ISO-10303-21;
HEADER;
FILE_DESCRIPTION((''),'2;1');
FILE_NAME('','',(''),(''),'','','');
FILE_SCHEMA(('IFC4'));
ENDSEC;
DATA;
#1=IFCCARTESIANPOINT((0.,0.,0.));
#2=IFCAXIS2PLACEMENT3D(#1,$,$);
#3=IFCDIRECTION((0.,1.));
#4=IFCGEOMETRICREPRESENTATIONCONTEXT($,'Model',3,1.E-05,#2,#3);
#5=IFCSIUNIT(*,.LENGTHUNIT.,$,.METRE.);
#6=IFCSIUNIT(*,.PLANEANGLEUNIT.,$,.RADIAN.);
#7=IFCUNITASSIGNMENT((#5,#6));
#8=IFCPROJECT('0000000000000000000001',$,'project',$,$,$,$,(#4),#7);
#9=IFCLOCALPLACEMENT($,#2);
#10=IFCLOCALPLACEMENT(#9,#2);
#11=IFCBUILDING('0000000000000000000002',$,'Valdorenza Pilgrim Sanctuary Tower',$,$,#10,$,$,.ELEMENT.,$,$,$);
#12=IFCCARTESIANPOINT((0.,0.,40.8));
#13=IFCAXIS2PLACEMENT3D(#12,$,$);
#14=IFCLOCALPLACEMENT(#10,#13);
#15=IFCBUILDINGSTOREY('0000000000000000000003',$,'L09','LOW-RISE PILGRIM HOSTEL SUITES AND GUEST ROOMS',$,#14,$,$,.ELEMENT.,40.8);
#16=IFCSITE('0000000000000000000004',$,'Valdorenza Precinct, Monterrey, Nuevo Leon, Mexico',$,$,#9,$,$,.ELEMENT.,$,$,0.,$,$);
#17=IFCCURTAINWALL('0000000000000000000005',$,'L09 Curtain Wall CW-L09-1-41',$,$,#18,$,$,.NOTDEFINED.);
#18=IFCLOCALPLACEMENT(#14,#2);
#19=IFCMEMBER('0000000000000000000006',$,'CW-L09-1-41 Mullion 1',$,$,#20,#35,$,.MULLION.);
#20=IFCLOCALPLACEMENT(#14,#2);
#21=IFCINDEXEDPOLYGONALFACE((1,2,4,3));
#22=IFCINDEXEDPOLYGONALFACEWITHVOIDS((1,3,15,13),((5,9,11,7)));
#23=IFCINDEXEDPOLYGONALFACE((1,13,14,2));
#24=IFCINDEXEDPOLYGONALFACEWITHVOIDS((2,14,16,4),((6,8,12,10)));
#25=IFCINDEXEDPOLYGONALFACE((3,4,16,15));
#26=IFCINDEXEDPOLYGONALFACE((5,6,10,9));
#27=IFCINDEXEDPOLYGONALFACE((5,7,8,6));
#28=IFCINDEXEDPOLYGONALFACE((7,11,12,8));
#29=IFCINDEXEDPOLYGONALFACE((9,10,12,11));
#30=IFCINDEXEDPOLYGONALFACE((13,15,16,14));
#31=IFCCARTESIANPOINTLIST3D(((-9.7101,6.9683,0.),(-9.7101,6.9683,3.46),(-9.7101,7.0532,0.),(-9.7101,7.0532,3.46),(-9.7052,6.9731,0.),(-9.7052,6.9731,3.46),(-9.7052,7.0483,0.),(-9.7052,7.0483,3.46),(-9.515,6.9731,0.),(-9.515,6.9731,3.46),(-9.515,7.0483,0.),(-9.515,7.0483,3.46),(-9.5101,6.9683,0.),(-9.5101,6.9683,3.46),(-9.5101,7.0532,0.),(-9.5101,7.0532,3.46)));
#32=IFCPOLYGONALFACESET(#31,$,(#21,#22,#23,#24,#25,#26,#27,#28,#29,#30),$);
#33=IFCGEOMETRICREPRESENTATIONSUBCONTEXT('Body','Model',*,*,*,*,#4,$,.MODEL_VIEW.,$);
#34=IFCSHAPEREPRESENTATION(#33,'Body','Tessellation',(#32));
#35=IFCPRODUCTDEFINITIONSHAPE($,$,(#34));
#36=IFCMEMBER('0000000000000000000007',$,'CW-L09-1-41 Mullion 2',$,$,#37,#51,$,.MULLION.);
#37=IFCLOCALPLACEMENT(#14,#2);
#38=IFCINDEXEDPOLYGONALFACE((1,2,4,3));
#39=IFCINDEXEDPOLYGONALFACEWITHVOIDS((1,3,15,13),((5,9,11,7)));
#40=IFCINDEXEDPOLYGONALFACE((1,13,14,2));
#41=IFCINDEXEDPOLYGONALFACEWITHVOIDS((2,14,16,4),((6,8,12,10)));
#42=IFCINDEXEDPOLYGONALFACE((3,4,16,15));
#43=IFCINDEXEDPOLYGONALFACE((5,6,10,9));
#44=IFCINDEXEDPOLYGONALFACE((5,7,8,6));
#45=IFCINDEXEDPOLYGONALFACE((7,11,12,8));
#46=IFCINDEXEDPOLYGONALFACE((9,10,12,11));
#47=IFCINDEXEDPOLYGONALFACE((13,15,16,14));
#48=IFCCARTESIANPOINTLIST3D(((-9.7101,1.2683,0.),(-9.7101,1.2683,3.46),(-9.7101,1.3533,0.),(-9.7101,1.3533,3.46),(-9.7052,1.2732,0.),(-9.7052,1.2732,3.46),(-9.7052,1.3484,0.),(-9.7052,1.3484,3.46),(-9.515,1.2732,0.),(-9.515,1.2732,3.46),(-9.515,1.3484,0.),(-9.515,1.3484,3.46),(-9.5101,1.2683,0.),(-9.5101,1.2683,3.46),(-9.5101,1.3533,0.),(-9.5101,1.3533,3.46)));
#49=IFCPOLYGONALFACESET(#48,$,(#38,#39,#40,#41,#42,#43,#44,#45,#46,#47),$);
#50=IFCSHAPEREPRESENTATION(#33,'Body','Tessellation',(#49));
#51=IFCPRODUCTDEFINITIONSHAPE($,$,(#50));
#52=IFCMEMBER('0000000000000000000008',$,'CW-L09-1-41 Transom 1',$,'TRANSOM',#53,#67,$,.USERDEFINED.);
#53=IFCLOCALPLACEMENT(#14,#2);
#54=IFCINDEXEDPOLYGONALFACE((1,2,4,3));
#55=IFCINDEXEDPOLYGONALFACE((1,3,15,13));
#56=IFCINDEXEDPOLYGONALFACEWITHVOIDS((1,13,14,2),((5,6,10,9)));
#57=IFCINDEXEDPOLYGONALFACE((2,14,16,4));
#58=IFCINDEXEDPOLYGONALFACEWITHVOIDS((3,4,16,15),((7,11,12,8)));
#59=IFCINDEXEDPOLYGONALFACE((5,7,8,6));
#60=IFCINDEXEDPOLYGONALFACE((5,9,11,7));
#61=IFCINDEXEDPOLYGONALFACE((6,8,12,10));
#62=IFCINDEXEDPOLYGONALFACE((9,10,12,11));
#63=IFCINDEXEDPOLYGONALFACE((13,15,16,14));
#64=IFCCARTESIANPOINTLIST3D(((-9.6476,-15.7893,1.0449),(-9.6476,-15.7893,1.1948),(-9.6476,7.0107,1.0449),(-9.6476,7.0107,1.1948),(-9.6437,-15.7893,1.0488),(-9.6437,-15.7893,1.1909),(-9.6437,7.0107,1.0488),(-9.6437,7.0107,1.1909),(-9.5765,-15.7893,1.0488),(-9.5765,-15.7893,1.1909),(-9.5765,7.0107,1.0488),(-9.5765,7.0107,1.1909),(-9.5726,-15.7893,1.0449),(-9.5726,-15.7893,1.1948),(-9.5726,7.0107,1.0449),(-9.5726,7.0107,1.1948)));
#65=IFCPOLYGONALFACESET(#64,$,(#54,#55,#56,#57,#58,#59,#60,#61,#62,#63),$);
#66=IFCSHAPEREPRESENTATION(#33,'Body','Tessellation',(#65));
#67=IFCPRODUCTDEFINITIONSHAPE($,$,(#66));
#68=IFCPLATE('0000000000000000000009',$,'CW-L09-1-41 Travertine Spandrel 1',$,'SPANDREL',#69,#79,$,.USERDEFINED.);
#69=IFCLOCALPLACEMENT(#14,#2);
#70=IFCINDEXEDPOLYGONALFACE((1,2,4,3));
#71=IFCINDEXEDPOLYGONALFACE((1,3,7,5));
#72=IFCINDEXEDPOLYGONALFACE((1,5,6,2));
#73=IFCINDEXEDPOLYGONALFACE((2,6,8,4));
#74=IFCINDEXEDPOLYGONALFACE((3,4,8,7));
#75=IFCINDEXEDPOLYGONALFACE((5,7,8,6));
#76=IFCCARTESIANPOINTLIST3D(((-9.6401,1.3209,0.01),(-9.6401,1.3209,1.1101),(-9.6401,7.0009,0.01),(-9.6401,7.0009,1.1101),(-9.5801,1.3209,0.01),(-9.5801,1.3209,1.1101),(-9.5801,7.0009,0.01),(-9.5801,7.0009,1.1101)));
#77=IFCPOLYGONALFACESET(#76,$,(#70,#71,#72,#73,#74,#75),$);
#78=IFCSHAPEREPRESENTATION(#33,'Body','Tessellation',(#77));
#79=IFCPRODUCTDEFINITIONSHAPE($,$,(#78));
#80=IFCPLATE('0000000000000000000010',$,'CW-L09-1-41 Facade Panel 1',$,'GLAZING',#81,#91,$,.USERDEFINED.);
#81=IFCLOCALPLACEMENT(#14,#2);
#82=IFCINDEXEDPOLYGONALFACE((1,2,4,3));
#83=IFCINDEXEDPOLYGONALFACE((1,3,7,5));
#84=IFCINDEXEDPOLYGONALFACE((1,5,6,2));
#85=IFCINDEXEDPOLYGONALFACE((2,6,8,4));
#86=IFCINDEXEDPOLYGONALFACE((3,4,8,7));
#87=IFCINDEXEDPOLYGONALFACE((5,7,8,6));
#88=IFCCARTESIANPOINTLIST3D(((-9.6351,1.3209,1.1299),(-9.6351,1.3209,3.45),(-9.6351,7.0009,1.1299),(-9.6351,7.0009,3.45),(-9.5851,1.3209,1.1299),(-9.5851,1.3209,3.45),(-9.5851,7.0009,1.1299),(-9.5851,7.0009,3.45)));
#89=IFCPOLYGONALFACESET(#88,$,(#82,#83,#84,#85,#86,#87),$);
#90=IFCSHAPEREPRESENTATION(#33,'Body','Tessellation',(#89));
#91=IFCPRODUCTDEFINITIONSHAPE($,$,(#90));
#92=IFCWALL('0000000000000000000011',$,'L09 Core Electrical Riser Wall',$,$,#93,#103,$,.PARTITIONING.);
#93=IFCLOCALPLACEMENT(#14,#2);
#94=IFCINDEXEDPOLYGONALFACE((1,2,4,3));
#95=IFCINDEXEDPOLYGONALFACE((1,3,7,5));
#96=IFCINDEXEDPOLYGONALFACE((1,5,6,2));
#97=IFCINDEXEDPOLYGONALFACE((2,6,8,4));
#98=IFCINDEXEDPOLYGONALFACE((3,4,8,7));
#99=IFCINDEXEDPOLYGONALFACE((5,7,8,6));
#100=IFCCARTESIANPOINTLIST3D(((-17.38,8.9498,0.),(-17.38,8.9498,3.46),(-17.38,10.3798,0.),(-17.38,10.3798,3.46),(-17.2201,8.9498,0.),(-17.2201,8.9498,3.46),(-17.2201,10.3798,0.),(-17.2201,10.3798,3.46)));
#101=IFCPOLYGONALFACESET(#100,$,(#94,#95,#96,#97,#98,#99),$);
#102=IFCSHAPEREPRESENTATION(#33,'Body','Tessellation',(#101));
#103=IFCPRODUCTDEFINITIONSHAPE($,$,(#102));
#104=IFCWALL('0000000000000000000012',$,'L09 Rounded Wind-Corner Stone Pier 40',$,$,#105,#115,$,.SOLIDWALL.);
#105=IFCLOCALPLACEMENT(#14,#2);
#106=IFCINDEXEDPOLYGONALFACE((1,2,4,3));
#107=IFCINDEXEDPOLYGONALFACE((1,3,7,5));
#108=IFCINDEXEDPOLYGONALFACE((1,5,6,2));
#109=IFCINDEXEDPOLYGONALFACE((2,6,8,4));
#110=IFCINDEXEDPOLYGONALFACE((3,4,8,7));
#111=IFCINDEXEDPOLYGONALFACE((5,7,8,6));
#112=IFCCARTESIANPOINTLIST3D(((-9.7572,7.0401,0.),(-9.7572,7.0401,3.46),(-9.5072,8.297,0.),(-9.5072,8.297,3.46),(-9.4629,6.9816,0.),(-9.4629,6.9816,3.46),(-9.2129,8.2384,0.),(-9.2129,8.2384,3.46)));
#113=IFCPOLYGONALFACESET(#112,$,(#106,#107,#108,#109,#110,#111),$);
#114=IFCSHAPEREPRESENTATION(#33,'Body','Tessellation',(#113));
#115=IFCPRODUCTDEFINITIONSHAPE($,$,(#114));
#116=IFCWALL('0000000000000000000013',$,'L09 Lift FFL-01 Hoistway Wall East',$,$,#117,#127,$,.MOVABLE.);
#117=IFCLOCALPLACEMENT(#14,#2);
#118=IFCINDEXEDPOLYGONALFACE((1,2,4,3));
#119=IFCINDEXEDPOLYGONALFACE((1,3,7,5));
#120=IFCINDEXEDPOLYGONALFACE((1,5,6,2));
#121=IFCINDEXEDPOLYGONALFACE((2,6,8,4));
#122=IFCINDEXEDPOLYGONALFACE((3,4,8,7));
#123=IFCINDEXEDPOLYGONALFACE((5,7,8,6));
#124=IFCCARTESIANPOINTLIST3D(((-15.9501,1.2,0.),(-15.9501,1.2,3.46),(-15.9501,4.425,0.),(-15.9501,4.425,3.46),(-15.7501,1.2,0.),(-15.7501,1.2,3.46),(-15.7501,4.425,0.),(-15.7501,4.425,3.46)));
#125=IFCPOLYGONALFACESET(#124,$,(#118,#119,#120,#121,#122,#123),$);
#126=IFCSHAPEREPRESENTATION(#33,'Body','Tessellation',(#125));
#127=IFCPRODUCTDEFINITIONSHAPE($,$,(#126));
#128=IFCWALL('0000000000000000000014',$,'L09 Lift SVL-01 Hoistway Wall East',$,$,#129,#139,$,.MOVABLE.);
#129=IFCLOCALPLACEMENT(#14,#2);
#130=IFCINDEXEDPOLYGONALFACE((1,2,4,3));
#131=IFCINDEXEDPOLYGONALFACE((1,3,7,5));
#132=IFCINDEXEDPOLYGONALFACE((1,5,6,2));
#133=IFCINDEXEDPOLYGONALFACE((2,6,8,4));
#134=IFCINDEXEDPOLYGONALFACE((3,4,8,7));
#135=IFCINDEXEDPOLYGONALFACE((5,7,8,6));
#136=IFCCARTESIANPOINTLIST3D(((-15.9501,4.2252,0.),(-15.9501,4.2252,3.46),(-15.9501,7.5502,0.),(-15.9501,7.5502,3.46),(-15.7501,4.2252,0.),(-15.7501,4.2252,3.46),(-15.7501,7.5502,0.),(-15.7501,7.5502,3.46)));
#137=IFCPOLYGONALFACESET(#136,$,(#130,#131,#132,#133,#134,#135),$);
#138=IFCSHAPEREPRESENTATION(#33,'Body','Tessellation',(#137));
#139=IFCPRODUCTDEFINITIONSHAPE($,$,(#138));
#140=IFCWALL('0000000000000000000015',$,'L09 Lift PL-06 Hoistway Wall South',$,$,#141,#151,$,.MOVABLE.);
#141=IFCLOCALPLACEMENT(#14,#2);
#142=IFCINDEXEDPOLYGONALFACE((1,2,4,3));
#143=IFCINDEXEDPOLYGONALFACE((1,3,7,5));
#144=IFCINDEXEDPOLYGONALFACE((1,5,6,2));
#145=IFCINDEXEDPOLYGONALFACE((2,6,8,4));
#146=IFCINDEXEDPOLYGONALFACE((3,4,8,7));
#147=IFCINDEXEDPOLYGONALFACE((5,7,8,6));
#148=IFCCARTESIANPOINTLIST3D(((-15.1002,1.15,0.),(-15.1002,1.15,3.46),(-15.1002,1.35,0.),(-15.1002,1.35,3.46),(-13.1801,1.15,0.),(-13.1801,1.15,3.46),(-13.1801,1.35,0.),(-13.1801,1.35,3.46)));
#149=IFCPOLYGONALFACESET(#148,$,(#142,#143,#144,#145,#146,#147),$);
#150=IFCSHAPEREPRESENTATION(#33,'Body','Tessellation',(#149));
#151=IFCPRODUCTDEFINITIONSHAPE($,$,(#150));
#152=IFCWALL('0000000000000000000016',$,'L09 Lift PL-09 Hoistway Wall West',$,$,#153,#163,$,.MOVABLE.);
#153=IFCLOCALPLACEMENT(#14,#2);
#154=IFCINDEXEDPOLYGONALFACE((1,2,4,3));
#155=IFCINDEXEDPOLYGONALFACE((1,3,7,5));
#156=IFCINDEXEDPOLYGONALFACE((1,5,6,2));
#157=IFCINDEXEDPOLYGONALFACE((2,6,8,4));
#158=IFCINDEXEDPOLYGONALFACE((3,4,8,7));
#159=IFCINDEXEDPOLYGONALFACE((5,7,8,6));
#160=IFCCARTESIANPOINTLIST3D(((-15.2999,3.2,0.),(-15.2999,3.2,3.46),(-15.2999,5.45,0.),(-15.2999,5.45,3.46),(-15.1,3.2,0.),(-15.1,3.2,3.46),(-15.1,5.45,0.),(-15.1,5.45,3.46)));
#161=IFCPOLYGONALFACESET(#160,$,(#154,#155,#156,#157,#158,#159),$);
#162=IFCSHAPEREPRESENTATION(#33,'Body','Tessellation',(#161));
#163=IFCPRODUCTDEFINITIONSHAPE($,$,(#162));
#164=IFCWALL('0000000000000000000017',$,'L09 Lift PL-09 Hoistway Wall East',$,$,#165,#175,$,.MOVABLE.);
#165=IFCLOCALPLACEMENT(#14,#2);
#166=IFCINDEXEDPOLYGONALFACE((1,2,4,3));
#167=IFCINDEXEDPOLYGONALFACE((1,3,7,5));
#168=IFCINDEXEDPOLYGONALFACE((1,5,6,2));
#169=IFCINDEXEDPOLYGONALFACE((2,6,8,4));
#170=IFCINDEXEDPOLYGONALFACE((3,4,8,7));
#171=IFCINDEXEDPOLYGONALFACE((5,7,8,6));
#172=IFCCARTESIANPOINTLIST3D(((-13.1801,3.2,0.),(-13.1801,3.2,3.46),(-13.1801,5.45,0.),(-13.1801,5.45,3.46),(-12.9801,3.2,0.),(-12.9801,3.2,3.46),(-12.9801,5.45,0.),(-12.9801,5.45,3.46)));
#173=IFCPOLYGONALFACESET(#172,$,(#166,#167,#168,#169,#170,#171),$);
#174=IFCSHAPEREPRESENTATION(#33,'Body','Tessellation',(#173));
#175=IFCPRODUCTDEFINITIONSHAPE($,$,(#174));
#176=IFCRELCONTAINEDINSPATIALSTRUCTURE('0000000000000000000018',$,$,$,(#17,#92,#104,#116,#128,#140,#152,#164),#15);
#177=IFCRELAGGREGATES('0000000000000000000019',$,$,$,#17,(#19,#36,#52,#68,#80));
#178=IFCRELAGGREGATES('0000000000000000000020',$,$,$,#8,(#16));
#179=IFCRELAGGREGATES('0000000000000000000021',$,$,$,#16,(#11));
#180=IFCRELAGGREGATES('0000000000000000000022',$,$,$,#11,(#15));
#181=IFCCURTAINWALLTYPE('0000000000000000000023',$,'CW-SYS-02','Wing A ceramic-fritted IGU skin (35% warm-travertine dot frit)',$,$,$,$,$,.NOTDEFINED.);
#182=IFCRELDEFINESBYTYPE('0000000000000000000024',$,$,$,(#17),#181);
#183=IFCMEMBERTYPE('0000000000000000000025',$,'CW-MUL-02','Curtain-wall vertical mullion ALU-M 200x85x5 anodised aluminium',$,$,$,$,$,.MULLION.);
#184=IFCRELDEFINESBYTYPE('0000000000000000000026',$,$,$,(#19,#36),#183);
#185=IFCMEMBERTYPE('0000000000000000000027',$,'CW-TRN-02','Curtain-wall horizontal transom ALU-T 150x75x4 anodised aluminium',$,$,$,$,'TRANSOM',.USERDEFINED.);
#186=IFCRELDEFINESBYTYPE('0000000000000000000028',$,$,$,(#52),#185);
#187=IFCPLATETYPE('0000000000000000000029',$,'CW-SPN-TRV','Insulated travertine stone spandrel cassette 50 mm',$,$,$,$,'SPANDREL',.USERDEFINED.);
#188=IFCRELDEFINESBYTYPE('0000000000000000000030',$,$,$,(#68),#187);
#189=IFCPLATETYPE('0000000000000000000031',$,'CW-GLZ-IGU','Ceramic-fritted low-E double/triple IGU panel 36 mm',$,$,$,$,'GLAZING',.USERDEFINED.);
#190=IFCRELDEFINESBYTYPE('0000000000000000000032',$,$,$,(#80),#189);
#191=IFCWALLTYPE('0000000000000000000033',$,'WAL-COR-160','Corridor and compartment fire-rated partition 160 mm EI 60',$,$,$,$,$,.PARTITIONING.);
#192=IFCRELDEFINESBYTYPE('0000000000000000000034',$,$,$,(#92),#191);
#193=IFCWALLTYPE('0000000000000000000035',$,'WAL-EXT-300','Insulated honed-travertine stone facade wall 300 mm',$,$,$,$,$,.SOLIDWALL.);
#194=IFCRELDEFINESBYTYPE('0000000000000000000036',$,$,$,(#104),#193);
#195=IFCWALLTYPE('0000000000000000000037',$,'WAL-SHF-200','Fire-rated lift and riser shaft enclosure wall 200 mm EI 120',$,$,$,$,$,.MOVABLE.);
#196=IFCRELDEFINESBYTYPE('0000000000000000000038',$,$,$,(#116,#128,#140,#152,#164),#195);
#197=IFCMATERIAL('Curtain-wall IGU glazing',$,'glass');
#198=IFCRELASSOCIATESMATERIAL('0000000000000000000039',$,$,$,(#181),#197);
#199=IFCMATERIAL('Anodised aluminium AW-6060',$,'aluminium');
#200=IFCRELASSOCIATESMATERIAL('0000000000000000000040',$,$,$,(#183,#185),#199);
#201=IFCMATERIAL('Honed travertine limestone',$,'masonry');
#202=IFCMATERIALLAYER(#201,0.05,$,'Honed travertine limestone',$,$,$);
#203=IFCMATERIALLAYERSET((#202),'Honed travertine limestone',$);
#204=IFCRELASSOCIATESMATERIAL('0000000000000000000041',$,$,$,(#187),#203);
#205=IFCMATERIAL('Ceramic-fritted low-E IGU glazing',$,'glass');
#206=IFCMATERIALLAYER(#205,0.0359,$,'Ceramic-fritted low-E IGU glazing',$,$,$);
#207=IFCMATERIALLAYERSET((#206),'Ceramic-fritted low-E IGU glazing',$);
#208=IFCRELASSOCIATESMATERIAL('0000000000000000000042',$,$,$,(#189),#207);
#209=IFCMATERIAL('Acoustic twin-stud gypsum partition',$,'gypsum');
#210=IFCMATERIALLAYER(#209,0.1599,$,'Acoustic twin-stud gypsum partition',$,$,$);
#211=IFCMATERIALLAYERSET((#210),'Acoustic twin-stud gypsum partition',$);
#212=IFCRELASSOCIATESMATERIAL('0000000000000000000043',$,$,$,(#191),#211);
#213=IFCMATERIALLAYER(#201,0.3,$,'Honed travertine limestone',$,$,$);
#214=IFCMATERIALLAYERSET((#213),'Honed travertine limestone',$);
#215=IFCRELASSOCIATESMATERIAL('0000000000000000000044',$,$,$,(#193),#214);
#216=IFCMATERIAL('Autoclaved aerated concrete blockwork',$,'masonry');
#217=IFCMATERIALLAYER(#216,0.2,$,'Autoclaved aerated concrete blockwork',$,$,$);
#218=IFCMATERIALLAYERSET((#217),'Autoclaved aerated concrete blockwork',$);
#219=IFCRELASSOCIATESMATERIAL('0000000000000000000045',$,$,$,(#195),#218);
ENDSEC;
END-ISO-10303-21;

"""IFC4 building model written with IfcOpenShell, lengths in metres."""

from ifc_helpers import new_model, si_unit, direction, frame, frame_2d, origin, origin_2d, place, context, subcontext, project, spatial, rectangle, hollow_rectangle, extrude, source, transform, mapped, material, layer, layer_set, material_profile, profile_set, type_object, element, aggregate, save


model = new_model("IFC4")

# Units and contexts
model_context = context("Model", 3, precision=1e-05, world=origin(), true_north=direction((0.0, 1.0)))
body_context = subcontext(model_context, "Body", "Model", "MODEL_VIEW")
ifc_project = project(units=[si_unit("LENGTHUNIT", "METRE"), si_unit("PLANEANGLEUNIT", "RADIAN")], contexts=[model_context])

# Site, building, storey
site_placement = place(None, origin())
site = spatial("IfcSite", under=ifc_project, at=site_placement, Name="Valdorenza Precinct, Monterrey, Nuevo Leon, Mexico", CompositionType="ELEMENT", RefElevation=0.0)
building_placement = place(site_placement, origin())
building = spatial("IfcBuilding", under=site, at=building_placement, Name="Valdorenza Pilgrim Sanctuary Tower", CompositionType="ELEMENT")
storey_placement = place(building_placement, frame((0.0, 0.0, 40.8)))
storey = spatial("IfcBuildingStorey", under=building, at=storey_placement, Name="L09", Description="LOW-RISE PILGRIM HOSTEL SUITES AND GUEST ROOMS", CompositionType="ELEMENT", Elevation=40.8)

# Curtain wall, members, plates
ifc_material_1 = material(Name="Curtain-wall IGU glazing", Category="glass")
curtain_wall_type = type_object("IfcCurtainWallType", Name="CW-SYS-02", Description="Wing A ceramic-fritted IGU skin (35% warm-travertine dot frit)", PredefinedType="NOTDEFINED", material=ifc_material_1)
curtain_wall_placement = place(storey_placement, origin())
curtain_wall = element("IfcCurtainWall", 1, at=curtain_wall_placement, inside=storey, type_object=curtain_wall_type, Name="L09 Curtain Wall CW-L09-1-41", PredefinedType="NOTDEFINED")
ifc_material_2 = material(Name="Anodised aluminium AW-6060", Category="aluminium")
ifc_material_profile_1 = material_profile(ifc_material_2, hollow_rectangle(XDim=0.085, YDim=0.2, WallThickness=0.0049, at=origin_2d()), Name="ALU-M 200x85x5")
ifc_profile_set_1 = profile_set([ifc_material_profile_1], Name="Anodised aluminium AW-6060")
member_type_1 = type_object("IfcMemberType", Name="CW-MUL-02", Description="Curtain-wall vertical mullion ALU-M 200x85x5 anodised aluminium", PredefinedType="MULLION", material=ifc_profile_set_1)
shared_shape_1 = source(origin(), body_context, "Body", "SweptSolid", [
    extrude(hollow_rectangle(XDim=0.085, YDim=0.2, WallThickness=0.0049, at=origin_2d()), origin(), (0.0, 0.0, 1.0), 3.46),
])
member_1_placement = place(storey_placement, frame((-9.6101, 7.0107, 0.0), z_axis=(0.0, 0.0, 1.0), x_axis=(0.0, -1.0, 0.0)))
member_1 = element("IfcMember", 2, at=member_1_placement, type_object=member_type_1, Name="CW-L09-1-41 Mullion 1", PredefinedType="MULLION", context=body_context, shape_type="MappedRepresentation", body=[
    mapped(shared_shape_1, transform((0.0, 0.0, 0.0), x_axis=(1.0, 0.0, 0.0), y_axis=(0.0, 1.0, 0.0), z_axis=(0.0, 0.0, 1.0), scale=1.0)),
])
member_2_placement = place(storey_placement, frame((-9.6101, 1.3108, 0.0), z_axis=(0.0, 0.0, 1.0), x_axis=(0.0, -1.0, 0.0)))
member_2 = element("IfcMember", 3, at=member_2_placement, type_object=member_type_1, Name="CW-L09-1-41 Mullion 2", PredefinedType="MULLION", context=body_context, shape_type="MappedRepresentation", body=[
    mapped(shared_shape_1, transform((0.0, 0.0, 0.0), x_axis=(1.0, 0.0, 0.0), y_axis=(0.0, 1.0, 0.0), z_axis=(0.0, 0.0, 1.0), scale=1.0)),
])
ifc_material_profile_2 = material_profile(ifc_material_2, hollow_rectangle(XDim=0.075, YDim=0.1499, WallThickness=0.0039, at=origin_2d()), Name="ALU-T 150x75x4")
ifc_profile_set_2 = profile_set([ifc_material_profile_2], Name="Anodised aluminium AW-6060")
member_type_2 = type_object("IfcMemberType", Name="CW-TRN-02", Description="Curtain-wall horizontal transom ALU-T 150x75x4 anodised aluminium", ElementType="TRANSOM", PredefinedType="USERDEFINED", material=ifc_profile_set_2)
shared_shape_2 = source(origin(), body_context, "Body", "SweptSolid", [
    extrude(hollow_rectangle(XDim=0.075, YDim=0.1499, WallThickness=0.0039, at=origin_2d()), origin(), (0.0, 0.0, 1.0), 22.8),
])
member_3_placement = place(storey_placement, frame((-9.6101, 7.0107, 1.1199), z_axis=(0.0, -1.0, 0.0), x_axis=(1.0, 0.0, 0.0)))
member_3 = element("IfcMember", 4, at=member_3_placement, type_object=member_type_2, Name="CW-L09-1-41 Transom 1", ObjectType="TRANSOM", PredefinedType="USERDEFINED", context=body_context, shape_type="MappedRepresentation", body=[
    mapped(shared_shape_2, transform((0.0, 0.0, 0.0), x_axis=(1.0, 0.0, 0.0), y_axis=(0.0, 1.0, 0.0), z_axis=(0.0, 0.0, 1.0), scale=1.0)),
])
ifc_material_3 = material(Name="Honed travertine limestone", Category="masonry")
ifc_layer_1 = layer(ifc_material_3, 0.05, Name="Honed travertine limestone")
ifc_layer_set_1 = layer_set([ifc_layer_1], Name="Honed travertine limestone")
plate_type_1 = type_object("IfcPlateType", Name="CW-SPN-TRV", Description="Insulated travertine stone spandrel cassette 50 mm", ElementType="SPANDREL", PredefinedType="USERDEFINED", material=ifc_layer_set_1)
shared_shape_3 = source(origin(), body_context, "Body", "SweptSolid", [
    extrude(rectangle(XDim=5.6799, YDim=0.0601, at=origin_2d()), origin(), (0.0, 0.0, 1.0), 1.1001),
])
plate_1_placement = place(storey_placement, frame((-9.6101, 4.1609, 0.01), z_axis=(0.0, 0.0, 1.0), x_axis=(0.0, -1.0, 0.0)))
plate_1 = element("IfcPlate", 5, at=plate_1_placement, type_object=plate_type_1, Name="CW-L09-1-41 Travertine Spandrel 1", ObjectType="SPANDREL", PredefinedType="USERDEFINED", context=body_context, shape_type="MappedRepresentation", body=[
    mapped(shared_shape_3, transform((0.0, 0.0, 0.0), x_axis=(1.0, 0.0, 0.0), y_axis=(0.0, 1.0, 0.0), z_axis=(0.0, 0.0, 1.0), scale=1.0)),
])
ifc_material_4 = material(Name="Ceramic-fritted low-E IGU glazing", Category="glass")
ifc_layer_2 = layer(ifc_material_4, 0.0359, Name="Ceramic-fritted low-E IGU glazing")
ifc_layer_set_2 = layer_set([ifc_layer_2], Name="Ceramic-fritted low-E IGU glazing")
plate_type_2 = type_object("IfcPlateType", Name="CW-GLZ-IGU", Description="Ceramic-fritted low-E double/triple IGU panel 36 mm", ElementType="GLAZING", PredefinedType="USERDEFINED", material=ifc_layer_set_2)
shared_shape_4 = source(origin(), body_context, "Body", "SweptSolid", [
    extrude(rectangle(XDim=5.6799, YDim=0.05, at=origin_2d()), origin(), (0.0, 0.0, 1.0), 2.3201),
])
plate_2_placement = place(storey_placement, frame((-9.6101, 4.1609, 1.1299), z_axis=(0.0, 0.0, 1.0), x_axis=(0.0, -1.0, 0.0)))
plate_2 = element("IfcPlate", 6, at=plate_2_placement, type_object=plate_type_2, Name="CW-L09-1-41 Facade Panel 1", ObjectType="GLAZING", PredefinedType="USERDEFINED", context=body_context, shape_type="MappedRepresentation", body=[
    mapped(shared_shape_4, transform((0.0, 0.0, 0.0), x_axis=(1.0, 0.0, 0.0), y_axis=(0.0, 1.0, 0.0), z_axis=(0.0, 0.0, 1.0), scale=1.0)),
])
aggregate(curtain_wall, [member_1, member_2, member_3, plate_1, plate_2])

# Walls
ifc_material_5 = material(Name="Acoustic twin-stud gypsum partition", Category="gypsum")
ifc_layer_3 = layer(ifc_material_5, 0.1599, Name="Acoustic twin-stud gypsum partition")
ifc_layer_set_3 = layer_set([ifc_layer_3], Name="Acoustic twin-stud gypsum partition")
wall_type_1 = type_object("IfcWallType", Name="WAL-COR-160", Description="Corridor and compartment fire-rated partition 160 mm EI 60", PredefinedType="PARTITIONING", material=ifc_layer_set_3)
wall_1_placement = place(storey_placement, frame((-17.3, 8.95, 0.0), z_axis=(0.0, 0.0, 1.0), x_axis=(0.0, 1.0, 0.0)))
element("IfcWall", 7, at=wall_1_placement, inside=storey, type_object=wall_type_1, Name="L09 Core Electrical Riser Wall", PredefinedType="PARTITIONING", context=body_context, shape_type="SweptSolid", body=[
    extrude(rectangle(XDim=1.4299, YDim=0.1599, at=frame_2d((0.7148, 0.0))), origin(), (0.0, 0.0, 1.0), 3.46),
])
ifc_layer_4 = layer(ifc_material_3, 0.3, Name="Honed travertine limestone")
ifc_layer_set_4 = layer_set([ifc_layer_4], Name="Honed travertine limestone")
wall_type_2 = type_object("IfcWallType", Name="WAL-EXT-300", Description="Insulated honed-travertine stone facade wall 300 mm", PredefinedType="SOLIDWALL", material=ifc_layer_set_4)
wall_2_placement = place(storey_placement, frame((-9.3601, 8.2676, 0.0), z_axis=(0.0, 0.0, 1.0), x_axis=(-0.19509, -0.980785, 0.0)))
element("IfcWall", 8, at=wall_2_placement, inside=storey, type_object=wall_type_2, Name="L09 Rounded Wind-Corner Stone Pier 40", PredefinedType="SOLIDWALL", context=body_context, shape_type="SweptSolid", body=[
    extrude(rectangle(XDim=1.2815, YDim=0.3, at=frame_2d((0.6406, 0.0))), origin(), (0.0, 0.0, 1.0), 3.46),
])
ifc_material_6 = material(Name="Autoclaved aerated concrete blockwork", Category="masonry")
ifc_layer_5 = layer(ifc_material_6, 0.2, Name="Autoclaved aerated concrete blockwork")
ifc_layer_set_5 = layer_set([ifc_layer_5], Name="Autoclaved aerated concrete blockwork")
wall_type_3 = type_object("IfcWallType", Name="WAL-SHF-200", Description="Fire-rated lift and riser shaft enclosure wall 200 mm EI 120", PredefinedType="MOVABLE", material=ifc_layer_set_5)
wall_3_placement = place(storey_placement, frame((-15.8501, 1.2, 0.0), z_axis=(0.0, 0.0, 1.0), x_axis=(0.0, 1.0, 0.0)))
element("IfcWall", 9, at=wall_3_placement, inside=storey, type_object=wall_type_3, Name="L09 Lift FFL-01 Hoistway Wall East", PredefinedType="MOVABLE", context=body_context, shape_type="SweptSolid", body=[
    extrude(rectangle(XDim=3.2251, YDim=0.2, at=frame_2d((1.6125, 0.0))), origin(), (0.0, 0.0, 1.0), 3.46),
])
wall_4_placement = place(storey_placement, frame((-15.8501, 4.2251, 0.0), z_axis=(0.0, 0.0, 1.0), x_axis=(0.0, 1.0, 0.0)))
element("IfcWall", 10, at=wall_4_placement, inside=storey, type_object=wall_type_3, Name="L09 Lift SVL-01 Hoistway Wall East", PredefinedType="MOVABLE", context=body_context, shape_type="SweptSolid", body=[
    extrude(rectangle(XDim=3.325, YDim=0.2, at=frame_2d((1.6626, 0.0))), origin(), (0.0, 0.0, 1.0), 3.46),
])
wall_5_placement = place(storey_placement, frame((-15.1001, 1.25, 0.0), z_axis=(0.0, 0.0, 1.0), x_axis=(1.0, 0.0, 0.0)))
element("IfcWall", 11, at=wall_5_placement, inside=storey, type_object=wall_type_3, Name="L09 Lift PL-06 Hoistway Wall South", PredefinedType="MOVABLE", context=body_context, shape_type="SweptSolid", body=[
    extrude(rectangle(XDim=1.9202, YDim=0.2, at=frame_2d((0.96, 0.0))), origin(), (0.0, 0.0, 1.0), 3.46),
])
for number, where, z_axis, x_axis, name in (
    (12, (-15.2, 3.2, 0.0), (0.0, 0.0, 1.0), (0.0, 1.0, 0.0), "L09 Lift PL-09 Hoistway Wall West"),
    (13, (-13.0801, 3.2, 0.0), (0.0, 0.0, 1.0), (0.0, 1.0, 0.0), "L09 Lift PL-09 Hoistway Wall East"),
):
    element("IfcWall", number, at=place(storey_placement, frame(where, z_axis=z_axis, x_axis=x_axis)), inside=storey, type_object=wall_type_3, Name=name, PredefinedType="MOVABLE", context=body_context, shape_type="SweptSolid", body=[
        extrude(rectangle(XDim=2.25, YDim=0.2, at=frame_2d((1.125, 0.0))), origin(), (0.0, 0.0, 1.0), 3.46),
    ])

save(model, "model.ifc")
